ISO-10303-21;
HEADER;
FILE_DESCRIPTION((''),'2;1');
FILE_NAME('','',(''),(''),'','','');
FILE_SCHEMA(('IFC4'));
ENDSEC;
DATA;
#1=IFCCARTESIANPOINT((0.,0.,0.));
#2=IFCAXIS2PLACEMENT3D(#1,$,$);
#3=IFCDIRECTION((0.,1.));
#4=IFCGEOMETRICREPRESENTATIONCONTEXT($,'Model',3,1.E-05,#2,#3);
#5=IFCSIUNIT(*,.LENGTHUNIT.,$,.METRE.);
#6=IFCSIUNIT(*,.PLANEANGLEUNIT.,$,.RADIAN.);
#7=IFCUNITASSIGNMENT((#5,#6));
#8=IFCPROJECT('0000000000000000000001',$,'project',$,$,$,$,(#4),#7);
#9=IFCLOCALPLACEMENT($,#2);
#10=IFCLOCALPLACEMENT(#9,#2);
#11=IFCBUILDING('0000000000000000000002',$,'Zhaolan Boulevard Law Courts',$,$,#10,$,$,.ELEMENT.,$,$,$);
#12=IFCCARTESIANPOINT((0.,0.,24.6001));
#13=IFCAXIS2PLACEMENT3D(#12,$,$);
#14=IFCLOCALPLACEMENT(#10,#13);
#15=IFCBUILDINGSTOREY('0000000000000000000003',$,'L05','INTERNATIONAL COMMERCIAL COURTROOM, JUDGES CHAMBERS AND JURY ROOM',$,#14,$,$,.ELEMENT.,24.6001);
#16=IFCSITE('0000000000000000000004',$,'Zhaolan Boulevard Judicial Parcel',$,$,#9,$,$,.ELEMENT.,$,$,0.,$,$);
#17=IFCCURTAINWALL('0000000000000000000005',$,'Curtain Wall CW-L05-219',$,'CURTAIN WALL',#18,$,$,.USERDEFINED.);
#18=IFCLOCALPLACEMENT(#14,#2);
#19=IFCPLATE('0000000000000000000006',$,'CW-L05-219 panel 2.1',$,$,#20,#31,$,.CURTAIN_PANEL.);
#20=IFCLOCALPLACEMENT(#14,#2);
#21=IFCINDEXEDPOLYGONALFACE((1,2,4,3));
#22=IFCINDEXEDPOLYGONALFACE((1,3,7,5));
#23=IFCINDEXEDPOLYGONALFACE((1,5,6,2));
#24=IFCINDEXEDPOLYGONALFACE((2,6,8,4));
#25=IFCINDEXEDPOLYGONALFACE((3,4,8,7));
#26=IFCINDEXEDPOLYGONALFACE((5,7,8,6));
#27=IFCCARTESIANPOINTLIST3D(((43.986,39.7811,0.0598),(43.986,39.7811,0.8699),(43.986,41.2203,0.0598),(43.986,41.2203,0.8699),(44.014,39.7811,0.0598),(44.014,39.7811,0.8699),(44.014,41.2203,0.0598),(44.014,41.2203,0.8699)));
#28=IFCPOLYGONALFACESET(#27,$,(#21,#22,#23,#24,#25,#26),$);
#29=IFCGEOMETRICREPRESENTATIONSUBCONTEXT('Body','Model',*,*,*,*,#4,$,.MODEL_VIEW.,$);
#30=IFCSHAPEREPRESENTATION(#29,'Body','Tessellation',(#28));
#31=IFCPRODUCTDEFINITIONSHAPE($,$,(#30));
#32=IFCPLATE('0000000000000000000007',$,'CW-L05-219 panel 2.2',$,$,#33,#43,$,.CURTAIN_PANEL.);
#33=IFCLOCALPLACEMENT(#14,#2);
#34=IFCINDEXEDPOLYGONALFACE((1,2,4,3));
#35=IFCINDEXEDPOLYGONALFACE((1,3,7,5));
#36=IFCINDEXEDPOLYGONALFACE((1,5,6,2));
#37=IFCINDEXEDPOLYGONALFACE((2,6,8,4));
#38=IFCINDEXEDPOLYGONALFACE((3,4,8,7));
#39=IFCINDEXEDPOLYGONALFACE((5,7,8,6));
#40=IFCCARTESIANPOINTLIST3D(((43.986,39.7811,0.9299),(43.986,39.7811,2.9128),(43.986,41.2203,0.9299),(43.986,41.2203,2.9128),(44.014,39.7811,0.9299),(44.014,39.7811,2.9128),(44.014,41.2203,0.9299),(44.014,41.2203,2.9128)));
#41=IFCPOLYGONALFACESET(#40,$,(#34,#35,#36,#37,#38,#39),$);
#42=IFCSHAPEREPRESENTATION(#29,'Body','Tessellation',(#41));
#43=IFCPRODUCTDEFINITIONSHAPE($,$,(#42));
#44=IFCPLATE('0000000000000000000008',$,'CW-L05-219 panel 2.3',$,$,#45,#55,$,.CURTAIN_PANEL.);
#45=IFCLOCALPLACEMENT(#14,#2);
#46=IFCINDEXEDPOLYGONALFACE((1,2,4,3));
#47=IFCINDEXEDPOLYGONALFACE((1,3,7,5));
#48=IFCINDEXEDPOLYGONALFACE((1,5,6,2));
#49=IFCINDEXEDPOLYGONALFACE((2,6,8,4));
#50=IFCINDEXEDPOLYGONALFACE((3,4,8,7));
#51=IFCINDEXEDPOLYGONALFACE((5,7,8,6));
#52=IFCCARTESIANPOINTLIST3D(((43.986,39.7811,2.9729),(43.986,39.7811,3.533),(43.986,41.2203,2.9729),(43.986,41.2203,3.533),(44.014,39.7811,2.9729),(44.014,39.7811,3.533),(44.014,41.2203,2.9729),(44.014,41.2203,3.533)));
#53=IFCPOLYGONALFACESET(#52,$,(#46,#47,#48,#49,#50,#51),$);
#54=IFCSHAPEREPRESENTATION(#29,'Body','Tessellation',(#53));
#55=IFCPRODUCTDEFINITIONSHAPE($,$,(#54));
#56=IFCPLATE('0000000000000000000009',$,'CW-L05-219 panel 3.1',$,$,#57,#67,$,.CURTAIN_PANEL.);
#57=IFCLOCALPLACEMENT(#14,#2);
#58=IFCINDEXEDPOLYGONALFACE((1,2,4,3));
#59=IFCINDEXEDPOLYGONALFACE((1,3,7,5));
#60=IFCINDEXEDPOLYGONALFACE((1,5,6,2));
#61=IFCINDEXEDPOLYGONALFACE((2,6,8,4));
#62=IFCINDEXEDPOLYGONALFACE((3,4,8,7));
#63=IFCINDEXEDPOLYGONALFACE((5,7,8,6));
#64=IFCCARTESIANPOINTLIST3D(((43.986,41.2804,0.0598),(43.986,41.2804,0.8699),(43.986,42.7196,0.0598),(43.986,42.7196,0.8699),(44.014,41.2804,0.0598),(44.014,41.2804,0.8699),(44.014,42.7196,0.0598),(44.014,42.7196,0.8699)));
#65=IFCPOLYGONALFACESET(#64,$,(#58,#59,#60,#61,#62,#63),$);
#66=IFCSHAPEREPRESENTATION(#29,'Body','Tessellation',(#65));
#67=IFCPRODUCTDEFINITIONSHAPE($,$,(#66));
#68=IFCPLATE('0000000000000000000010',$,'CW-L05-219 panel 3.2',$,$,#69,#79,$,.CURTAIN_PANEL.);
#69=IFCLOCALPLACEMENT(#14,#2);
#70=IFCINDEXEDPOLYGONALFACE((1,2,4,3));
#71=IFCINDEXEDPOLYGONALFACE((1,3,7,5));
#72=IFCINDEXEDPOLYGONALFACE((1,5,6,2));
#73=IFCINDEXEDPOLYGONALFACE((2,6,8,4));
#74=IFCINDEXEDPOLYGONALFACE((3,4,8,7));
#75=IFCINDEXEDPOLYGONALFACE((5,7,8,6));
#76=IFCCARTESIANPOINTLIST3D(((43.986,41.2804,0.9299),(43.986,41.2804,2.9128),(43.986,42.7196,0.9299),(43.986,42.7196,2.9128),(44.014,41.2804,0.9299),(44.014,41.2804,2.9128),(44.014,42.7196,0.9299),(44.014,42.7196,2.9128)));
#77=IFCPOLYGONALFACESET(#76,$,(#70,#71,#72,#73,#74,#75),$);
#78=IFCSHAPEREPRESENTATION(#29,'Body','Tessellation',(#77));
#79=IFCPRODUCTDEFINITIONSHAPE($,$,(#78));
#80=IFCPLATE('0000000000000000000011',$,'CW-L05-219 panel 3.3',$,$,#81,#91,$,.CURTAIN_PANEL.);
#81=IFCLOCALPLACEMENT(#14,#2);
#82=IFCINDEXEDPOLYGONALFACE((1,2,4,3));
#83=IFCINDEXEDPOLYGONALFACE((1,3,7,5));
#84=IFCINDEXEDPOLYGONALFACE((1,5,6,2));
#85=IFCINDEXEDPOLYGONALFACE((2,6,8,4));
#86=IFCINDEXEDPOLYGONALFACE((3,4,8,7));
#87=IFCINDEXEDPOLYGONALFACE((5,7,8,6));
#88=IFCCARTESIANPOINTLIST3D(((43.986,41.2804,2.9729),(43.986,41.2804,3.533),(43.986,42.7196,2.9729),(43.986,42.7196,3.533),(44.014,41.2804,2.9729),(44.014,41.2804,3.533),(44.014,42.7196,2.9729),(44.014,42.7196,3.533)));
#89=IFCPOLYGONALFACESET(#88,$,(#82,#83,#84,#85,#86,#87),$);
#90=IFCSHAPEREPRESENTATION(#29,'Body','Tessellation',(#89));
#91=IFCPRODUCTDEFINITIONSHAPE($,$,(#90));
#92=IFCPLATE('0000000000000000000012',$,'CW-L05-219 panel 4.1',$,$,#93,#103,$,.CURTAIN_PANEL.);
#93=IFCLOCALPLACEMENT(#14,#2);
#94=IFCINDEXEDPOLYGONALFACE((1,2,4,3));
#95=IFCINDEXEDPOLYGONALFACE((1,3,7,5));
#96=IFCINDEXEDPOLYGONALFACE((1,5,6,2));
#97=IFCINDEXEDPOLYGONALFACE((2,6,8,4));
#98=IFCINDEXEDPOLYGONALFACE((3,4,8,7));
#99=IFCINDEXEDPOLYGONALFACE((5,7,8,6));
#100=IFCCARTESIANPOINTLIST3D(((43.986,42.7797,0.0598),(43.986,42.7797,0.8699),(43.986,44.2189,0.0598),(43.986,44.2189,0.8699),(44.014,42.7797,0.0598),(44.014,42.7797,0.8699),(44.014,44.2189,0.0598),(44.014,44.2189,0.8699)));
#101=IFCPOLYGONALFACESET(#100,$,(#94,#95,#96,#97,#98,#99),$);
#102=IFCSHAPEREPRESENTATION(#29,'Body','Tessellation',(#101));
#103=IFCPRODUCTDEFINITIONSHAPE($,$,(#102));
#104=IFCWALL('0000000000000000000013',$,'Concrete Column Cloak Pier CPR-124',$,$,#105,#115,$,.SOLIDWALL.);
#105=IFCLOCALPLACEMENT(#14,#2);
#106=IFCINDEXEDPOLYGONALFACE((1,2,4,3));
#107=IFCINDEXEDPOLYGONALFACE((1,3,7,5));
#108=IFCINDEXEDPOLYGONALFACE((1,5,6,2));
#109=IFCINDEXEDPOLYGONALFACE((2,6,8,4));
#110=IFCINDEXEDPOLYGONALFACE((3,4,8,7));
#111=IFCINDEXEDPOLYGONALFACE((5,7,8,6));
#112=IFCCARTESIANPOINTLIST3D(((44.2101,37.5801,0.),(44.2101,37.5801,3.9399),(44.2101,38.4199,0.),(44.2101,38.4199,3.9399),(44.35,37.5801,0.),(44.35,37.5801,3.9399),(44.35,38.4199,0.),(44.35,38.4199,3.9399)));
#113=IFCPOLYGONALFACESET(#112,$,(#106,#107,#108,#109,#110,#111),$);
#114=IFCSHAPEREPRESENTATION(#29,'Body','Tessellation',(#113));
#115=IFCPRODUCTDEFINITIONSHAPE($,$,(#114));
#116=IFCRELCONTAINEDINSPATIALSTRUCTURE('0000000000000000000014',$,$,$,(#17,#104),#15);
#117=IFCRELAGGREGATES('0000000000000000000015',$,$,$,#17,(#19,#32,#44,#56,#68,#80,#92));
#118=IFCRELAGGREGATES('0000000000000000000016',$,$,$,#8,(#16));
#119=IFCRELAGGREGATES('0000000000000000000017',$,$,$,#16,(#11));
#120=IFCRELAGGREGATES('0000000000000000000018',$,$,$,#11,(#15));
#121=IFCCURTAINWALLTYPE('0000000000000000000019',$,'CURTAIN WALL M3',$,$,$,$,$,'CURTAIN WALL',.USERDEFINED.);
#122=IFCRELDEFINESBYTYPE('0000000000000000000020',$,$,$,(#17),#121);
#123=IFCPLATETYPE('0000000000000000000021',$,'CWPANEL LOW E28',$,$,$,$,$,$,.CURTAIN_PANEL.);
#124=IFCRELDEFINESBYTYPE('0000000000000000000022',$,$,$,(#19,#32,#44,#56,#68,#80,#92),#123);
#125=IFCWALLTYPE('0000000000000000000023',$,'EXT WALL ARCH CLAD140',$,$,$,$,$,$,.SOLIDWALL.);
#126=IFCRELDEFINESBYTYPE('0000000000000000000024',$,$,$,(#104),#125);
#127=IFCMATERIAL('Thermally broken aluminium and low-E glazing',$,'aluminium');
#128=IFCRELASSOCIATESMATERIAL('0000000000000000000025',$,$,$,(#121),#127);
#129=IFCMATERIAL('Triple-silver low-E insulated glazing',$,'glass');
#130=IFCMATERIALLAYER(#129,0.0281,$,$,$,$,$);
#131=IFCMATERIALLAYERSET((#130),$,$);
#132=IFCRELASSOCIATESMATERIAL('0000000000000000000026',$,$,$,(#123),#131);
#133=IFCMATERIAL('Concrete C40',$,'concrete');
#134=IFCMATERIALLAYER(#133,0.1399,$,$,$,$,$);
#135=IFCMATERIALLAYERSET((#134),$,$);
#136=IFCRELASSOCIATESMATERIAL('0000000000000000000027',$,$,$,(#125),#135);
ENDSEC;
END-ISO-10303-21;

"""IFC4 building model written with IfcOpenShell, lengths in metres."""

from ifc_helpers import new_model, si_unit, direction, frame, frame_2d, origin, origin_2d, place, context, subcontext, project, spatial, rectangle, extrude, material, layer, layer_set, type_object, element, aggregate, save


model = new_model("IFC4")

# Units and contexts
model_context = context("Model", 3, precision=1e-05, world=origin(), true_north=direction((0.0, 1.0)))
body_context = subcontext(model_context, "Body", "Model", "MODEL_VIEW")
ifc_project = project(units=[si_unit("LENGTHUNIT", "METRE"), si_unit("PLANEANGLEUNIT", "RADIAN")], contexts=[model_context])

# Site, building, storey
site_placement = place(None, origin())
site = spatial("IfcSite", under=ifc_project, at=site_placement, Name="Zhaolan Boulevard Judicial Parcel", CompositionType="ELEMENT", RefElevation=0.0)
building_placement = place(site_placement, origin())
building = spatial("IfcBuilding", under=site, at=building_placement, Name="Zhaolan Boulevard Law Courts", CompositionType="ELEMENT")
storey_placement = place(building_placement, frame((0.0, 0.0, 24.6001)))
storey = spatial("IfcBuildingStorey", under=building, at=storey_placement, Name="L05", Description="INTERNATIONAL COMMERCIAL COURTROOM, JUDGES CHAMBERS AND JURY ROOM", CompositionType="ELEMENT", Elevation=24.6001)

# Curtain wall, plates
ifc_material_1 = material(Name="Thermally broken aluminium and low-E glazing", Category="aluminium")
curtain_wall_type = type_object("IfcCurtainWallType", Name="CURTAIN WALL M3", ElementType="CURTAIN WALL", PredefinedType="USERDEFINED", material=ifc_material_1)
curtain_wall_placement = place(storey_placement, origin())
curtain_wall = element("IfcCurtainWall", 1, at=curtain_wall_placement, inside=storey, type_object=curtain_wall_type, Name="Curtain Wall CW-L05-219", ObjectType="CURTAIN WALL", PredefinedType="USERDEFINED")
ifc_material_2 = material(Name="Triple-silver low-E insulated glazing", Category="glass")
ifc_layer_1 = layer(ifc_material_2, 0.0281)
ifc_layer_set_1 = layer_set([ifc_layer_1])
plate_type = type_object("IfcPlateType", Name="CWPANEL LOW E28", PredefinedType="CURTAIN_PANEL", material=ifc_layer_set_1)
plate_1_placement = place(storey_placement, frame((44.0, 40.5007, 0.0598), z_axis=(0.0, 0.0, 1.0), x_axis=(0.0, 1.0, 0.0)))
plate_1 = element("IfcPlate", 2, at=plate_1_placement, type_object=plate_type, Name="CW-L05-219 panel 2.1", PredefinedType="CURTAIN_PANEL", context=body_context, shape_type="SweptSolid", body=[
    extrude(rectangle(XDim=1.4392, YDim=0.0281, at=origin_2d()), origin(), (0.0, 0.0, 1.0), 0.8101),
])
plate_2_placement = place(storey_placement, frame((44.0, 40.5007, 0.9299), z_axis=(0.0, 0.0, 1.0), x_axis=(0.0, 1.0, 0.0)))
plate_2 = element("IfcPlate", 3, at=plate_2_placement, type_object=plate_type, Name="CW-L05-219 panel 2.2", PredefinedType="CURTAIN_PANEL", context=body_context, shape_type="SweptSolid", body=[
    extrude(rectangle(XDim=1.4392, YDim=0.0281, at=origin_2d()), origin(), (0.0, 0.0, 1.0), 1.9829),
])
plate_3_placement = place(storey_placement, frame((44.0, 40.5007, 2.9729), z_axis=(0.0, 0.0, 1.0), x_axis=(0.0, 1.0, 0.0)))
plate_3 = element("IfcPlate", 4, at=plate_3_placement, type_object=plate_type, Name="CW-L05-219 panel 2.3", PredefinedType="CURTAIN_PANEL", context=body_context, shape_type="SweptSolid", body=[
    extrude(rectangle(XDim=1.4392, YDim=0.0281, at=origin_2d()), origin(), (0.0, 0.0, 1.0), 0.5601),
])
plate_4_placement = place(storey_placement, frame((44.0, 42.0, 0.0598), z_axis=(0.0, 0.0, 1.0), x_axis=(0.0, 1.0, 0.0)))
plate_4 = element("IfcPlate", 5, at=plate_4_placement, type_object=plate_type, Name="CW-L05-219 panel 3.1", PredefinedType="CURTAIN_PANEL", context=body_context, shape_type="SweptSolid", body=[
    extrude(rectangle(XDim=1.4392, YDim=0.0281, at=origin_2d()), origin(), (0.0, 0.0, 1.0), 0.8101),
])
plate_5_placement = place(storey_placement, frame((44.0, 42.0, 0.9299), z_axis=(0.0, 0.0, 1.0), x_axis=(0.0, 1.0, 0.0)))
plate_5 = element("IfcPlate", 6, at=plate_5_placement, type_object=plate_type, Name="CW-L05-219 panel 3.2", PredefinedType="CURTAIN_PANEL", context=body_context, shape_type="SweptSolid", body=[
    extrude(rectangle(XDim=1.4392, YDim=0.0281, at=origin_2d()), origin(), (0.0, 0.0, 1.0), 1.9829),
])
plate_6_placement = place(storey_placement, frame((44.0, 42.0, 2.9729), z_axis=(0.0, 0.0, 1.0), x_axis=(0.0, 1.0, 0.0)))
plate_6 = element("IfcPlate", 7, at=plate_6_placement, type_object=plate_type, Name="CW-L05-219 panel 3.3", PredefinedType="CURTAIN_PANEL", context=body_context, shape_type="SweptSolid", body=[
    extrude(rectangle(XDim=1.4392, YDim=0.0281, at=origin_2d()), origin(), (0.0, 0.0, 1.0), 0.5601),
])
plate_7_placement = place(storey_placement, frame((44.0, 43.4993, 0.0598), z_axis=(0.0, 0.0, 1.0), x_axis=(0.0, 1.0, 0.0)))
plate_7 = element("IfcPlate", 8, at=plate_7_placement, type_object=plate_type, Name="CW-L05-219 panel 4.1", PredefinedType="CURTAIN_PANEL", context=body_context, shape_type="SweptSolid", body=[
    extrude(rectangle(XDim=1.4392, YDim=0.0281, at=origin_2d()), origin(), (0.0, 0.0, 1.0), 0.8101),
])
aggregate(curtain_wall, [plate_1, plate_2, plate_3, plate_4, plate_5, plate_6, plate_7])

# Wall
ifc_material_3 = material(Name="Concrete C40", Category="concrete")
ifc_layer_2 = layer(ifc_material_3, 0.1399)
ifc_layer_set_2 = layer_set([ifc_layer_2])
wall_type = type_object("IfcWallType", Name="EXT WALL ARCH CLAD140", PredefinedType="SOLIDWALL", material=ifc_layer_set_2)
wall_placement = place(storey_placement, frame((44.28, 37.5801, 0.0), z_axis=(0.0, 0.0, 1.0), x_axis=(0.0, 1.0, 0.0)))
element("IfcWall", 9, at=wall_placement, inside=storey, type_object=wall_type, Name="Concrete Column Cloak Pier CPR-124", PredefinedType="SOLIDWALL", context=body_context, shape_type="SweptSolid", body=[
    extrude(rectangle(XDim=0.8398, YDim=0.1399, at=frame_2d((0.4199, 0.0))), origin(), (0.0, 0.0, 1.0), 3.9399),
])

save(model, "model.ifc")
